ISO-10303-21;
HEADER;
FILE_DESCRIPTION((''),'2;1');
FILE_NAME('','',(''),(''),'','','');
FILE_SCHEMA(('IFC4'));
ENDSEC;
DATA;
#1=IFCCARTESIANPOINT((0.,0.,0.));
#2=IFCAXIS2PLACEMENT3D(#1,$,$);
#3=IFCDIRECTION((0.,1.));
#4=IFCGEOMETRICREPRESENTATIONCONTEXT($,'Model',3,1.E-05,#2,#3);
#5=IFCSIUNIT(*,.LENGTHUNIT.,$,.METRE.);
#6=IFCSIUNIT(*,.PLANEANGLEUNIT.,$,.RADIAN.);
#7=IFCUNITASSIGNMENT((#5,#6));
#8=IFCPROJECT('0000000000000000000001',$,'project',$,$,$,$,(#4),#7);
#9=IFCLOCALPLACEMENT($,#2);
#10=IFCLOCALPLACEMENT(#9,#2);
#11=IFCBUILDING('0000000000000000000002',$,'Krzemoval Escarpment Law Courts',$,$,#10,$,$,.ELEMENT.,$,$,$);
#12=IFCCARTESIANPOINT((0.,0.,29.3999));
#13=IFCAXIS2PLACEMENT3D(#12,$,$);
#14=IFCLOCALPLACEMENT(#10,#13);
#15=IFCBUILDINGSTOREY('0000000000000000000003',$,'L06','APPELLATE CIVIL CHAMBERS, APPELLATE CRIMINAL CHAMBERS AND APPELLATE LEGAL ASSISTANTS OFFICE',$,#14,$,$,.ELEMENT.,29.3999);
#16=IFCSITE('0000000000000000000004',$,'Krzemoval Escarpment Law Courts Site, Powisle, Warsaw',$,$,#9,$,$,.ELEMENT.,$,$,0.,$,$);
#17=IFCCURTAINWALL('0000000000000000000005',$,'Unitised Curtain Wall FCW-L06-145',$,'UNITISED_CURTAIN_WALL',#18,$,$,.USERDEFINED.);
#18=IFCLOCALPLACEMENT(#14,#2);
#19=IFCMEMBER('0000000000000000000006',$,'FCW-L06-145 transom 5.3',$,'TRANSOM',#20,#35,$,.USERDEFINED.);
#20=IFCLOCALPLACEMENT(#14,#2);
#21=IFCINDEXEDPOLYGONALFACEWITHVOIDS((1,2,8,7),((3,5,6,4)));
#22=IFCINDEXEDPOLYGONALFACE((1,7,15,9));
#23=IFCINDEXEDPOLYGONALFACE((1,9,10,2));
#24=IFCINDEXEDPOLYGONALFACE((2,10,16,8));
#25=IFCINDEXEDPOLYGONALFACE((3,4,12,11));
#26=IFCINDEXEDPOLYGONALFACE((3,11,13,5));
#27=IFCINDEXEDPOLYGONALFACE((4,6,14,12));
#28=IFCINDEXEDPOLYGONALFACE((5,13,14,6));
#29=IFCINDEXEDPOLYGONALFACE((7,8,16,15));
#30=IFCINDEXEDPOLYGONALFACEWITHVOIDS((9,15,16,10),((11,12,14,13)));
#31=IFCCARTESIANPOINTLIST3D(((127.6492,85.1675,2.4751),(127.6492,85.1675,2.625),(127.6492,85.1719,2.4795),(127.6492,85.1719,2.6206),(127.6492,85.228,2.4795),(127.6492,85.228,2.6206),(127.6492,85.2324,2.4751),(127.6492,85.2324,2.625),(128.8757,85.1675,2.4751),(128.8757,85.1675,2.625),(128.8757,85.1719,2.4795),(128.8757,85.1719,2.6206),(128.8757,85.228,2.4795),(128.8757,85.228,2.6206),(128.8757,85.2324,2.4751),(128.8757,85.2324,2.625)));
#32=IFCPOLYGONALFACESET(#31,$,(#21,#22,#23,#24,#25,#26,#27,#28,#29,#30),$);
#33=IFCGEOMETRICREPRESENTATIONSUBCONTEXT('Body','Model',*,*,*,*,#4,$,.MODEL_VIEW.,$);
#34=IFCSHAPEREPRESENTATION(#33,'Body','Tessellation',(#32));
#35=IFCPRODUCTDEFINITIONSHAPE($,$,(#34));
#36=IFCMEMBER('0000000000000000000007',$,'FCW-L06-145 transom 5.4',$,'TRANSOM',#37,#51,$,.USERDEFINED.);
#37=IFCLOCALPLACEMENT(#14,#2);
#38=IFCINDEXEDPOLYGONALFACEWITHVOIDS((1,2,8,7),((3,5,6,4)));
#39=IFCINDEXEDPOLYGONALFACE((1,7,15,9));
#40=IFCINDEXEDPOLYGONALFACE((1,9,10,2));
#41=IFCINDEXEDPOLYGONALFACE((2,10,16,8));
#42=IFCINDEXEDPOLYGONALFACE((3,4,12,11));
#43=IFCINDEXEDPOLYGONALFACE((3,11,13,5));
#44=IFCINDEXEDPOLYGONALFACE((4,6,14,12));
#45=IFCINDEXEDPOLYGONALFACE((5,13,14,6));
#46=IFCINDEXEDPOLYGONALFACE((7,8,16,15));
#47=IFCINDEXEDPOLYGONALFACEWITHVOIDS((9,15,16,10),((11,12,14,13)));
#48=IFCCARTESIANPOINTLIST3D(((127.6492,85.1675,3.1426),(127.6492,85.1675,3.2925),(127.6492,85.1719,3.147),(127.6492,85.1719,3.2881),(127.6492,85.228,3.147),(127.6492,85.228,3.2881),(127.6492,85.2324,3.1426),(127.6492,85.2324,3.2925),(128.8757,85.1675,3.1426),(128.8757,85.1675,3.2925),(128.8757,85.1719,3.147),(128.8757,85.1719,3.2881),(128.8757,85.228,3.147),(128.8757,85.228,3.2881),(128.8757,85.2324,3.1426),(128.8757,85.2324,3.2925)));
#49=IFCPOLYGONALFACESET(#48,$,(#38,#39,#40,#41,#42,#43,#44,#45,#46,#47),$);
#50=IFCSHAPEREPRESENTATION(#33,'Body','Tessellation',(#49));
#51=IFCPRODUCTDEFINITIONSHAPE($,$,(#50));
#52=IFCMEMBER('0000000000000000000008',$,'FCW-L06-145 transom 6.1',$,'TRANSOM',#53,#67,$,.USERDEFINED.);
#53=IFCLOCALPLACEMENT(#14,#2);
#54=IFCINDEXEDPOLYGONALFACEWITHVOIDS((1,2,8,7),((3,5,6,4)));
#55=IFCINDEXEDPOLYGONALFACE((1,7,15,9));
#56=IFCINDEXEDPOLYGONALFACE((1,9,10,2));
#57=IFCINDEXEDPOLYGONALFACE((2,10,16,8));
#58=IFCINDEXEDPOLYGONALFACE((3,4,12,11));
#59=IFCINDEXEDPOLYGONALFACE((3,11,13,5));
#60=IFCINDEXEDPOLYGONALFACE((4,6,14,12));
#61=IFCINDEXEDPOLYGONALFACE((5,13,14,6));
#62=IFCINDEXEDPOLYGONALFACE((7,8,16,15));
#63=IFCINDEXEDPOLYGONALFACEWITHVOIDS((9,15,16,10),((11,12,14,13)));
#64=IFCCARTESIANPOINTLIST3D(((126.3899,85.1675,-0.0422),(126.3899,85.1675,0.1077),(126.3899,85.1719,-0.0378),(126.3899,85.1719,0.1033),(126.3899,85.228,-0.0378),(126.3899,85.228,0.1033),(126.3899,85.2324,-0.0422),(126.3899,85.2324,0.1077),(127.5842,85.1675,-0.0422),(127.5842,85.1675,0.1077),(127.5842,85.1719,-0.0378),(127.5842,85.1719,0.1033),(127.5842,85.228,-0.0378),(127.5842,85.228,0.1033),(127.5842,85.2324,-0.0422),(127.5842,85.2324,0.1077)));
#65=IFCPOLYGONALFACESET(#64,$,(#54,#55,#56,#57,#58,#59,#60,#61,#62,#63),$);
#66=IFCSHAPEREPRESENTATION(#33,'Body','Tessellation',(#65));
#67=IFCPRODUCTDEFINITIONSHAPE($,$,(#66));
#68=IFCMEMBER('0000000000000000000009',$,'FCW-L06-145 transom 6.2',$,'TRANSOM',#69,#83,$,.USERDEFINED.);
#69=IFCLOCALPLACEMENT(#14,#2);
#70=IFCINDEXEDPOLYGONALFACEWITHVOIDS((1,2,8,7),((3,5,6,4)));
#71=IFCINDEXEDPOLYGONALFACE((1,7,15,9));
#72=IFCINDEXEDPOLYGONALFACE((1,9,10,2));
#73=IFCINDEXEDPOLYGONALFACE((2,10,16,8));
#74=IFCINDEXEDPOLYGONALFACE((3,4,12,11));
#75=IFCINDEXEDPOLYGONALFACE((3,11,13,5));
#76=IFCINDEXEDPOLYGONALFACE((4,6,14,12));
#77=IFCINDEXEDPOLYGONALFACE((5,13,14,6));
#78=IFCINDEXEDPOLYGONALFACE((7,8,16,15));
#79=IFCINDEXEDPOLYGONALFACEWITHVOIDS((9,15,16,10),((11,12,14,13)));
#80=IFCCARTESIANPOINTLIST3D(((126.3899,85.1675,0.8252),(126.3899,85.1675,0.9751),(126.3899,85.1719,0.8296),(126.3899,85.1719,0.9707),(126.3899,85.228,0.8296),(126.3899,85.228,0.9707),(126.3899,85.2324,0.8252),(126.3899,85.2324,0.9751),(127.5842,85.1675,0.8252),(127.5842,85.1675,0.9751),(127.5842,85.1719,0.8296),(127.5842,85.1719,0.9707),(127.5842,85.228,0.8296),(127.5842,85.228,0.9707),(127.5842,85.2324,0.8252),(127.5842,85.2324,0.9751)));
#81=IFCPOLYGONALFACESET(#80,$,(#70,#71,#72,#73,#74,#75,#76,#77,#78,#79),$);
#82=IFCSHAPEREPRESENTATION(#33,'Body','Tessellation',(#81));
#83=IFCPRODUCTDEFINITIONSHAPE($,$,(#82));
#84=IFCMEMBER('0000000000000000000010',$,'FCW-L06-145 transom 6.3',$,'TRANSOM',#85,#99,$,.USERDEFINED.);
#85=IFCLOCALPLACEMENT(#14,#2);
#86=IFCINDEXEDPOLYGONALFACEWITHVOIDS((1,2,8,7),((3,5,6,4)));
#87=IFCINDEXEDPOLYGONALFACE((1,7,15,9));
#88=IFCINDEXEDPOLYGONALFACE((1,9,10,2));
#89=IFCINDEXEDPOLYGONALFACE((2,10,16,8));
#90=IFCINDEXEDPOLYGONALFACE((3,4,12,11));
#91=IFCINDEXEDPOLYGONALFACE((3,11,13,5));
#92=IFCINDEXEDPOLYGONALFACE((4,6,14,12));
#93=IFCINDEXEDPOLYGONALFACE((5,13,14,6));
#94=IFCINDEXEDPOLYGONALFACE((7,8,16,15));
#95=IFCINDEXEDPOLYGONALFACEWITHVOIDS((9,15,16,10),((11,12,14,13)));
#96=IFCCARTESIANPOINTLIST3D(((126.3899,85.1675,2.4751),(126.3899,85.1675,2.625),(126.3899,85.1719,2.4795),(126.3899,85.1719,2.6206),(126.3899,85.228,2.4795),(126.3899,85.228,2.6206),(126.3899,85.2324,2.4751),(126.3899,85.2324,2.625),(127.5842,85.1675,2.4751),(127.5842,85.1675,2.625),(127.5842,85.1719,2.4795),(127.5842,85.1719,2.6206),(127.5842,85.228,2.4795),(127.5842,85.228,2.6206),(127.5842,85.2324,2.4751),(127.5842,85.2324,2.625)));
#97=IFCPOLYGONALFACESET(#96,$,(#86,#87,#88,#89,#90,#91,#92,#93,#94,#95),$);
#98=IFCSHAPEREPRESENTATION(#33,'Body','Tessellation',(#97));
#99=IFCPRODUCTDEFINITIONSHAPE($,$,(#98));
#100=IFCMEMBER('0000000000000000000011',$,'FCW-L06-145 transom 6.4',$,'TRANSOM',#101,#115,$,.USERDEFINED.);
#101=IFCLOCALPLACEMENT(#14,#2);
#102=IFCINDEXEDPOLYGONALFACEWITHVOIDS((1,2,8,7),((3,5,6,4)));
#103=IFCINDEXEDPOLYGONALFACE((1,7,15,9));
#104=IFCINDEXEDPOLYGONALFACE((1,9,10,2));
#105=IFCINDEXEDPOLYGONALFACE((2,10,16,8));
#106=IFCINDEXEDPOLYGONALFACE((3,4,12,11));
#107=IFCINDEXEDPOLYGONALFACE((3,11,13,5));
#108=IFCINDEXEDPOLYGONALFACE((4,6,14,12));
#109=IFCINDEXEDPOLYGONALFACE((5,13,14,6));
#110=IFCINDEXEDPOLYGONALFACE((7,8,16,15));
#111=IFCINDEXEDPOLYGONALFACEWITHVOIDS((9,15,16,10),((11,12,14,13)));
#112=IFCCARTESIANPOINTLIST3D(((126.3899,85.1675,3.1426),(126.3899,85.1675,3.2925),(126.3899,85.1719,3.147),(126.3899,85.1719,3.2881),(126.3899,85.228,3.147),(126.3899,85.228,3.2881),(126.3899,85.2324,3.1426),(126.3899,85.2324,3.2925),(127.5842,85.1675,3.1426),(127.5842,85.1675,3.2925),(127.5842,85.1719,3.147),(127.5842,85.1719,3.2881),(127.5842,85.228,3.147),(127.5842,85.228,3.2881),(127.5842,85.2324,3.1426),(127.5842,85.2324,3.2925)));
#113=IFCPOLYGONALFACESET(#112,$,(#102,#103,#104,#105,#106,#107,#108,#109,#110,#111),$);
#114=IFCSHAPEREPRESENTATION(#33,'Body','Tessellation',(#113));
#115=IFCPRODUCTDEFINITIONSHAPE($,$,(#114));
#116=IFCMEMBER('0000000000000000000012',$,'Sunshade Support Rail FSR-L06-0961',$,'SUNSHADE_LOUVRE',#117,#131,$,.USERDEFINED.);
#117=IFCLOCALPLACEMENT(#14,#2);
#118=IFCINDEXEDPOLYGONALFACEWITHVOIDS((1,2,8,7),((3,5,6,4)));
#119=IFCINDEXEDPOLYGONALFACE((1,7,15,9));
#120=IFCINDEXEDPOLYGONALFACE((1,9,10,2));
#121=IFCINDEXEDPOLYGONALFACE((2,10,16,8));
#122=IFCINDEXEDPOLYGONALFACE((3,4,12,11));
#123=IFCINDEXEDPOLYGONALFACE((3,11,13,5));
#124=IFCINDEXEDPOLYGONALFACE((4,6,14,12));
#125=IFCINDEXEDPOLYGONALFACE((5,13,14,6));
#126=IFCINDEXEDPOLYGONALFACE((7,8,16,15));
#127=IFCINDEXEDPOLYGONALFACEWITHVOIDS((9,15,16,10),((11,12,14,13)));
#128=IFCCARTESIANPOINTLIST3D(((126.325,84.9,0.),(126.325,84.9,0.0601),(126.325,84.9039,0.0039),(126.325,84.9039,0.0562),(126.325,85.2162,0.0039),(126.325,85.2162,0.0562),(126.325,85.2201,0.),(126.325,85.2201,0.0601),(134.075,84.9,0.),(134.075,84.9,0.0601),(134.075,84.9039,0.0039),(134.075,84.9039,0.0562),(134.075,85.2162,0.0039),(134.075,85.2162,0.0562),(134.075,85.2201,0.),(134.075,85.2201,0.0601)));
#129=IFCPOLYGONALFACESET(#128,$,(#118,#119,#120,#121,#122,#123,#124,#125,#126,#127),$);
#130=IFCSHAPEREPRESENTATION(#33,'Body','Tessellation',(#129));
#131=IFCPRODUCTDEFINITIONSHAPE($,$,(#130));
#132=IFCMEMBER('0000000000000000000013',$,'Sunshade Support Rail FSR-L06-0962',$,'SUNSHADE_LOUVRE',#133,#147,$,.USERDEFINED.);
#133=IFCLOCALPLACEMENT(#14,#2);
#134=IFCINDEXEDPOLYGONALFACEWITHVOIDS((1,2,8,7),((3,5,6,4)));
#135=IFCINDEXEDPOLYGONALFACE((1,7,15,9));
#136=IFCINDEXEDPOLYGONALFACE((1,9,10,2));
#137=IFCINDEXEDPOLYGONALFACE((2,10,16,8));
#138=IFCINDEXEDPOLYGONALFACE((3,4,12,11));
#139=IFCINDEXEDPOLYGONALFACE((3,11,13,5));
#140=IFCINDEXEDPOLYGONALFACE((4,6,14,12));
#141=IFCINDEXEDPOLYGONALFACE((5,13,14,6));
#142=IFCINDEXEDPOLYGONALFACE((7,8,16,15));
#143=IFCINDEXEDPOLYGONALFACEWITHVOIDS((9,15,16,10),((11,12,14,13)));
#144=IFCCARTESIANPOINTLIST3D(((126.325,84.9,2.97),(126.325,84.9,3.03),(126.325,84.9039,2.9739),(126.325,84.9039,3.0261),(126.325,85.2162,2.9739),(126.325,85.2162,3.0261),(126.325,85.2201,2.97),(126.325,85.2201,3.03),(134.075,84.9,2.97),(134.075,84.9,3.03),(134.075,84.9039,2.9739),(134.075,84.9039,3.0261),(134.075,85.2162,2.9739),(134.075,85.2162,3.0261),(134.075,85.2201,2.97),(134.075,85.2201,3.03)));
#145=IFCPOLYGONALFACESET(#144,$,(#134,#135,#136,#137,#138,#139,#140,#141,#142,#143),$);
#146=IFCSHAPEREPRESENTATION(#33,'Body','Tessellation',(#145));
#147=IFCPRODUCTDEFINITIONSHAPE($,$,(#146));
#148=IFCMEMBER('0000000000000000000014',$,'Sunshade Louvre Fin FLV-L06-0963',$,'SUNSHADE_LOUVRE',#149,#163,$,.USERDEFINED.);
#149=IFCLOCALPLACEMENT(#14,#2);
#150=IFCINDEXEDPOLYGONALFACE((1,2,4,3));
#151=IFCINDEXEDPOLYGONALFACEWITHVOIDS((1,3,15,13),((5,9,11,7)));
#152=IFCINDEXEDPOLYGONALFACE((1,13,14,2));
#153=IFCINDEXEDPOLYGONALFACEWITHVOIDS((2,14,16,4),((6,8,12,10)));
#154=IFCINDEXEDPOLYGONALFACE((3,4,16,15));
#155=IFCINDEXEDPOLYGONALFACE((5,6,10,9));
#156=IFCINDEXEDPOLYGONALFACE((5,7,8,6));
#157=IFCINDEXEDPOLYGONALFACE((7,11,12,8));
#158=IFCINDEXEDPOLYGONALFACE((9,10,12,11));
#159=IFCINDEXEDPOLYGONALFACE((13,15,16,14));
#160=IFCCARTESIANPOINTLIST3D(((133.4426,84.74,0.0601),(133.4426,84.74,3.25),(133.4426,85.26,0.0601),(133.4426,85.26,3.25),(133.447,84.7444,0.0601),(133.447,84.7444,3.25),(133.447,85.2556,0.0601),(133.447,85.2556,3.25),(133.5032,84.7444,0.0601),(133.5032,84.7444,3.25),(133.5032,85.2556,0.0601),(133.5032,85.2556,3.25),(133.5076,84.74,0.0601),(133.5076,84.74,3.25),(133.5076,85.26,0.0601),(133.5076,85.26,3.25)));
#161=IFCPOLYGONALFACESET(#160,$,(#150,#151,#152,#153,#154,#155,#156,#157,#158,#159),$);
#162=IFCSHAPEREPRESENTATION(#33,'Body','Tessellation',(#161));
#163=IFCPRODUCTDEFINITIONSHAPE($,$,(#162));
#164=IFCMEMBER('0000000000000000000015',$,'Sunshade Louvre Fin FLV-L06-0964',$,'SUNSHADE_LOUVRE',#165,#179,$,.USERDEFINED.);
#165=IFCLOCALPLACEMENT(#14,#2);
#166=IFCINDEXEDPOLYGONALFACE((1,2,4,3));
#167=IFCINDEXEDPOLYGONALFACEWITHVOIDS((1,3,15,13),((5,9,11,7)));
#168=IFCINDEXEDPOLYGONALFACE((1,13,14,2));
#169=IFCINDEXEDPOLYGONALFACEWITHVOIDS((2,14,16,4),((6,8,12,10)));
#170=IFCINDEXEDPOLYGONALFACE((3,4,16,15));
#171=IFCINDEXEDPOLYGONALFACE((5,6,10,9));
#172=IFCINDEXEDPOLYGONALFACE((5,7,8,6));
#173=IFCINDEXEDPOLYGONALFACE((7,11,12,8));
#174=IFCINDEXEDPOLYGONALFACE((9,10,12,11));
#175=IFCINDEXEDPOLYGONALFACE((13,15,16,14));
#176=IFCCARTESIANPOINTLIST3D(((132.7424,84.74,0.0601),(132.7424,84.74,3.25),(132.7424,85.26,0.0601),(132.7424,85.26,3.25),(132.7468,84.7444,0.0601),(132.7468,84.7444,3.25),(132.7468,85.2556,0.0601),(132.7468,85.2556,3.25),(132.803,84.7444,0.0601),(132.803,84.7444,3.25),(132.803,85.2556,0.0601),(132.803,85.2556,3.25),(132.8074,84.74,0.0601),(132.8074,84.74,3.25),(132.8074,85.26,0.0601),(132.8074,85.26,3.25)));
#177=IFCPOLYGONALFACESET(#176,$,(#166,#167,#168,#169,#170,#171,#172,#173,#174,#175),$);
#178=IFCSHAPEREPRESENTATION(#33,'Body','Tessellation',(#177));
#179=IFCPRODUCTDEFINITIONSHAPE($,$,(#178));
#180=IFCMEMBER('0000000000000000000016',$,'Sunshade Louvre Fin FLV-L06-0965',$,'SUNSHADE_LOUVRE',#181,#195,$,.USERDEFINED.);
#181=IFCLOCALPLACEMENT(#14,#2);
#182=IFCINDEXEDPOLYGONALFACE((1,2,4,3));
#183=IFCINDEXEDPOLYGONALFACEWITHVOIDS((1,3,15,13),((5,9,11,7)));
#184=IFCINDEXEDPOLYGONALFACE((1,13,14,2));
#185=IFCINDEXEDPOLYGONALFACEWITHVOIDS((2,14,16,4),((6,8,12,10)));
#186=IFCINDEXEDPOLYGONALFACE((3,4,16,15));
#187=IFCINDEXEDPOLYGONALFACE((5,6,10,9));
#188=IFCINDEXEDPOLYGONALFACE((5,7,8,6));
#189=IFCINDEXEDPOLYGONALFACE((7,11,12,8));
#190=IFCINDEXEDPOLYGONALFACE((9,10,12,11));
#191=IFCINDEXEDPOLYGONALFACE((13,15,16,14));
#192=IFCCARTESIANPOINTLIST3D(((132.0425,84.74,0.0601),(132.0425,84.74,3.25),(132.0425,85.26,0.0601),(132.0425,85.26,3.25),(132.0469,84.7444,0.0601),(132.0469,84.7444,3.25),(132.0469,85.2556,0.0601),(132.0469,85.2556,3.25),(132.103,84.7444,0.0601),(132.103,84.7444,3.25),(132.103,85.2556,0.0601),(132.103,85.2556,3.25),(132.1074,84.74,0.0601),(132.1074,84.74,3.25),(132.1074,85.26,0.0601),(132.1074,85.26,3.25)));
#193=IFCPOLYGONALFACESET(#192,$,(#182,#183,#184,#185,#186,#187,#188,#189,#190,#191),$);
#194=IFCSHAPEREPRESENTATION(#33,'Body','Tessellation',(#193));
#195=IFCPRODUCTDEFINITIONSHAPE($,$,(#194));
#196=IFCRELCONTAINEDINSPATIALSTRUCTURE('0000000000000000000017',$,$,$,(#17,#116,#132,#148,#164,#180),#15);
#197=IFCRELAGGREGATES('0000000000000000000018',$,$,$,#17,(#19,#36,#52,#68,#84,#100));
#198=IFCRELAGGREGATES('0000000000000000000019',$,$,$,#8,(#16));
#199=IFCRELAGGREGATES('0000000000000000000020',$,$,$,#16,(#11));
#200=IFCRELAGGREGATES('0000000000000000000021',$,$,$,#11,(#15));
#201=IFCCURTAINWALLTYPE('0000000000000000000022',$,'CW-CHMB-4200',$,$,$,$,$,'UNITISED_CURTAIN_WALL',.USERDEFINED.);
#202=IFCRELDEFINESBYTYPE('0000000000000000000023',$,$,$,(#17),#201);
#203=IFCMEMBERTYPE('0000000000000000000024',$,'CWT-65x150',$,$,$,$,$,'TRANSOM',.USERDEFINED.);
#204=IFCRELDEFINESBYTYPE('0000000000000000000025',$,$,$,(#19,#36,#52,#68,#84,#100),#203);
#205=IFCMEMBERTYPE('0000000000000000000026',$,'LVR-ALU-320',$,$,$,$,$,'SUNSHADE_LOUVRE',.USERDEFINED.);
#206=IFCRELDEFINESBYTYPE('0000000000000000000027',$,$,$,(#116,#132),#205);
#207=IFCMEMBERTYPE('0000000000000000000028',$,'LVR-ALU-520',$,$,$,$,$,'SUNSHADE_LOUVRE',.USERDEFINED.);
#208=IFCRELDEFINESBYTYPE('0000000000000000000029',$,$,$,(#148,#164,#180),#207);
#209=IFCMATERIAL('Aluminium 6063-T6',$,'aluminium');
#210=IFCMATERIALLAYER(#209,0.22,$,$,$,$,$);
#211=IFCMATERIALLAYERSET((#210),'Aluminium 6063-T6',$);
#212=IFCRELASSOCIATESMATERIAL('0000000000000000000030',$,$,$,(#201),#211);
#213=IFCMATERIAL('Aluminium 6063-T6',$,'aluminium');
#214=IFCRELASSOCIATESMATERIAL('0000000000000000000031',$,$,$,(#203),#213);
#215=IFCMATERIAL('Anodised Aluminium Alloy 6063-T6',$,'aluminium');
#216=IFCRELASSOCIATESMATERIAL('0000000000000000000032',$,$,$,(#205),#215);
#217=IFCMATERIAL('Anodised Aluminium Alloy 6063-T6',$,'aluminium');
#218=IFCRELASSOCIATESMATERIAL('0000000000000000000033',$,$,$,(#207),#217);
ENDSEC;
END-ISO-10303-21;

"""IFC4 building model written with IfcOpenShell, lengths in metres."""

from ifc_helpers import new_model, si_unit, direction, frame, origin, origin_2d, place, context, subcontext, project, spatial, hollow_rectangle, extrude, material, layer, layer_set, material_profile, profile_set, type_object, element, aggregate, save


model = new_model("IFC4")

# Units and contexts
model_context = context("Model", 3, precision=1e-05, world=origin(), true_north=direction((0.0, 1.0)))
body_context = subcontext(model_context, "Body", "Model", "MODEL_VIEW")
ifc_project = project(units=[si_unit("LENGTHUNIT", "METRE"), si_unit("PLANEANGLEUNIT", "RADIAN")], contexts=[model_context])

# Site, building, storey
site_placement = place(None, origin())
site = spatial("IfcSite", under=ifc_project, at=site_placement, Name="Krzemoval Escarpment Law Courts Site, Powisle, Warsaw", CompositionType="ELEMENT", RefElevation=0.0)
building_placement = place(site_placement, origin())
building = spatial("IfcBuilding", under=site, at=building_placement, Name="Krzemoval Escarpment Law Courts", CompositionType="ELEMENT")
storey_placement = place(building_placement, frame((0.0, 0.0, 29.3999)))
storey = spatial("IfcBuildingStorey", under=building, at=storey_placement, Name="L06", Description="APPELLATE CIVIL CHAMBERS, APPELLATE CRIMINAL CHAMBERS AND APPELLATE LEGAL ASSISTANTS OFFICE", CompositionType="ELEMENT", Elevation=29.3999)

# Curtain wall, members
ifc_material_1 = material(Name="Aluminium 6063-T6", Category="aluminium")
ifc_layer_1 = layer(ifc_material_1, 0.22)
ifc_layer_set_1 = layer_set([ifc_layer_1], Name="Aluminium 6063-T6")
curtain_wall_type = type_object("IfcCurtainWallType", Name="CW-CHMB-4200", ElementType="UNITISED_CURTAIN_WALL", PredefinedType="USERDEFINED", material=ifc_layer_set_1)
curtain_wall_placement = place(storey_placement, origin())
curtain_wall = element("IfcCurtainWall", 1, at=curtain_wall_placement, inside=storey, type_object=curtain_wall_type, Name="Unitised Curtain Wall FCW-L06-145", ObjectType="UNITISED_CURTAIN_WALL", PredefinedType="USERDEFINED")
ifc_material_2 = material(Name="Aluminium 6063-T6", Category="aluminium")
ifc_material_profile_1 = material_profile(ifc_material_2, hollow_rectangle(XDim=0.0649, YDim=0.1499, WallThickness=0.0044, at=origin_2d()), Name="ALU T65x150")
ifc_profile_set_1 = profile_set([ifc_material_profile_1], Name="Aluminium 6063-T6")
member_type_1 = type_object("IfcMemberType", Name="CWT-65x150", ElementType="TRANSOM", PredefinedType="USERDEFINED", material=ifc_profile_set_1)
member_1_placement = place(storey_placement, frame((128.8757, 85.2, 2.55), z_axis=(-1.0, 0.0, 0.0), x_axis=(0.0, -1.0, 0.0)))
member_1 = element("IfcMember", 2, at=member_1_placement, type_object=member_type_1, Name="FCW-L06-145 transom 5.3", ObjectType="TRANSOM", PredefinedType="USERDEFINED", context=body_context, shape_type="SweptSolid", body=[
    extrude(hollow_rectangle(XDim=0.0649, YDim=0.1499, WallThickness=0.0044, at=origin_2d()), origin(), (0.0, 0.0, 1.0), 1.2266),
])
member_2_placement = place(storey_placement, frame((128.8757, 85.2, 3.2175), z_axis=(-1.0, 0.0, 0.0), x_axis=(0.0, -1.0, 0.0)))
member_2 = element("IfcMember", 3, at=member_2_placement, type_object=member_type_1, Name="FCW-L06-145 transom 5.4", ObjectType="TRANSOM", PredefinedType="USERDEFINED", context=body_context, shape_type="SweptSolid", body=[
    extrude(hollow_rectangle(XDim=0.0649, YDim=0.1499, WallThickness=0.0044, at=origin_2d()), origin(), (0.0, 0.0, 1.0), 1.2266),
])
member_3_placement = place(storey_placement, frame((127.5842, 85.2, 0.0327), z_axis=(-1.0, 0.0, 0.0), x_axis=(0.0, -1.0, 0.0)))
member_3 = element("IfcMember", 4, at=member_3_placement, type_object=member_type_1, Name="FCW-L06-145 transom 6.1", ObjectType="TRANSOM", PredefinedType="USERDEFINED", context=body_context, shape_type="SweptSolid", body=[
    extrude(hollow_rectangle(XDim=0.0649, YDim=0.1499, WallThickness=0.0044, at=origin_2d()), origin(), (0.0, 0.0, 1.0), 1.1943),
])
member_4_placement = place(storey_placement, frame((127.5842, 85.2, 0.9001), z_axis=(-1.0, 0.0, 0.0), x_axis=(0.0, -1.0, 0.0)))
member_4 = element("IfcMember", 5, at=member_4_placement, type_object=member_type_1, Name="FCW-L06-145 transom 6.2", ObjectType="TRANSOM", PredefinedType="USERDEFINED", context=body_context, shape_type="SweptSolid", body=[
    extrude(hollow_rectangle(XDim=0.0649, YDim=0.1499, WallThickness=0.0044, at=origin_2d()), origin(), (0.0, 0.0, 1.0), 1.1943),
])
member_5_placement = place(storey_placement, frame((127.5842, 85.2, 2.55), z_axis=(-1.0, 0.0, 0.0), x_axis=(0.0, -1.0, 0.0)))
member_5 = element("IfcMember", 6, at=member_5_placement, type_object=member_type_1, Name="FCW-L06-145 transom 6.3", ObjectType="TRANSOM", PredefinedType="USERDEFINED", context=body_context, shape_type="SweptSolid", body=[
    extrude(hollow_rectangle(XDim=0.0649, YDim=0.1499, WallThickness=0.0044, at=origin_2d()), origin(), (0.0, 0.0, 1.0), 1.1943),
])
member_6_placement = place(storey_placement, frame((127.5842, 85.2, 3.2175), z_axis=(-1.0, 0.0, 0.0), x_axis=(0.0, -1.0, 0.0)))
member_6 = element("IfcMember", 7, at=member_6_placement, type_object=member_type_1, Name="FCW-L06-145 transom 6.4", ObjectType="TRANSOM", PredefinedType="USERDEFINED", context=body_context, shape_type="SweptSolid", body=[
    extrude(hollow_rectangle(XDim=0.0649, YDim=0.1499, WallThickness=0.0044, at=origin_2d()), origin(), (0.0, 0.0, 1.0), 1.1943),
])

# Members
ifc_material_3 = material(Name="Anodised Aluminium Alloy 6063-T6", Category="aluminium")
ifc_material_profile_2 = material_profile(ifc_material_3, hollow_rectangle(XDim=0.0601, YDim=0.3201, WallThickness=0.0039, at=origin_2d()), Name="ALU LVR 60x320")
ifc_profile_set_2 = profile_set([ifc_material_profile_2], Name="Anodised Aluminium Alloy 6063-T6")
member_type_2 = type_object("IfcMemberType", Name="LVR-ALU-320", ElementType="SUNSHADE_LOUVRE", PredefinedType="USERDEFINED", material=ifc_profile_set_2)
for number, where, z_axis, x_axis, name in (
    (8, (134.075, 85.0601, 0.03), (-1.0, 0.0, 0.0), (0.0, 0.0, 1.0), "Sunshade Support Rail FSR-L06-0961"),
    (9, (134.075, 85.0601, 3.0), (-1.0, 0.0, 0.0), (0.0, 0.0, 1.0), "Sunshade Support Rail FSR-L06-0962"),
):
    element("IfcMember", number, at=place(storey_placement, frame(where, z_axis=z_axis, x_axis=x_axis)), inside=storey, type_object=member_type_2, Name=name, ObjectType="SUNSHADE_LOUVRE", PredefinedType="USERDEFINED", context=body_context, shape_type="SweptSolid", body=[
        extrude(hollow_rectangle(XDim=0.0601, YDim=0.3201, WallThickness=0.0039, at=origin_2d()), origin(), (0.0, 0.0, 1.0), 7.75),
    ])
ifc_material_4 = material(Name="Anodised Aluminium Alloy 6063-T6", Category="aluminium")
ifc_material_profile_3 = material_profile(ifc_material_4, hollow_rectangle(XDim=0.0649, YDim=0.52, WallThickness=0.0044, at=origin_2d()), Name="ALU LVR 65x520")
ifc_profile_set_3 = profile_set([ifc_material_profile_3], Name="Anodised Aluminium Alloy 6063-T6")
member_type_3 = type_object("IfcMemberType", Name="LVR-ALU-520", ElementType="SUNSHADE_LOUVRE", PredefinedType="USERDEFINED", material=ifc_profile_set_3)
for number, where, z_axis, x_axis, name in (
    (10, (133.4751, 85.0, 0.0601), (0.0, 0.0, 1.0), (1.0, 0.0, 0.0), "Sunshade Louvre Fin FLV-L06-0963"),
    (11, (132.7749, 85.0, 0.0601), (0.0, 0.0, 1.0), (1.0, 0.0, 0.0), "Sunshade Louvre Fin FLV-L06-0964"),
    (12, (132.075, 85.0, 0.0601), (0.0, 0.0, 1.0), (1.0, 0.0, 0.0), "Sunshade Louvre Fin FLV-L06-0965"),
):
    element("IfcMember", number, at=place(storey_placement, frame(where, z_axis=z_axis, x_axis=x_axis)), inside=storey, type_object=member_type_3, Name=name, ObjectType="SUNSHADE_LOUVRE", PredefinedType="USERDEFINED", context=body_context, shape_type="SweptSolid", body=[
        extrude(hollow_rectangle(XDim=0.0649, YDim=0.52, WallThickness=0.0044, at=origin_2d()), origin(), (0.0, 0.0, 1.0), 3.1899),
    ])

aggregate(curtain_wall, [member_1, member_2, member_3, member_4, member_5, member_6])

save(model, "model.ifc")
